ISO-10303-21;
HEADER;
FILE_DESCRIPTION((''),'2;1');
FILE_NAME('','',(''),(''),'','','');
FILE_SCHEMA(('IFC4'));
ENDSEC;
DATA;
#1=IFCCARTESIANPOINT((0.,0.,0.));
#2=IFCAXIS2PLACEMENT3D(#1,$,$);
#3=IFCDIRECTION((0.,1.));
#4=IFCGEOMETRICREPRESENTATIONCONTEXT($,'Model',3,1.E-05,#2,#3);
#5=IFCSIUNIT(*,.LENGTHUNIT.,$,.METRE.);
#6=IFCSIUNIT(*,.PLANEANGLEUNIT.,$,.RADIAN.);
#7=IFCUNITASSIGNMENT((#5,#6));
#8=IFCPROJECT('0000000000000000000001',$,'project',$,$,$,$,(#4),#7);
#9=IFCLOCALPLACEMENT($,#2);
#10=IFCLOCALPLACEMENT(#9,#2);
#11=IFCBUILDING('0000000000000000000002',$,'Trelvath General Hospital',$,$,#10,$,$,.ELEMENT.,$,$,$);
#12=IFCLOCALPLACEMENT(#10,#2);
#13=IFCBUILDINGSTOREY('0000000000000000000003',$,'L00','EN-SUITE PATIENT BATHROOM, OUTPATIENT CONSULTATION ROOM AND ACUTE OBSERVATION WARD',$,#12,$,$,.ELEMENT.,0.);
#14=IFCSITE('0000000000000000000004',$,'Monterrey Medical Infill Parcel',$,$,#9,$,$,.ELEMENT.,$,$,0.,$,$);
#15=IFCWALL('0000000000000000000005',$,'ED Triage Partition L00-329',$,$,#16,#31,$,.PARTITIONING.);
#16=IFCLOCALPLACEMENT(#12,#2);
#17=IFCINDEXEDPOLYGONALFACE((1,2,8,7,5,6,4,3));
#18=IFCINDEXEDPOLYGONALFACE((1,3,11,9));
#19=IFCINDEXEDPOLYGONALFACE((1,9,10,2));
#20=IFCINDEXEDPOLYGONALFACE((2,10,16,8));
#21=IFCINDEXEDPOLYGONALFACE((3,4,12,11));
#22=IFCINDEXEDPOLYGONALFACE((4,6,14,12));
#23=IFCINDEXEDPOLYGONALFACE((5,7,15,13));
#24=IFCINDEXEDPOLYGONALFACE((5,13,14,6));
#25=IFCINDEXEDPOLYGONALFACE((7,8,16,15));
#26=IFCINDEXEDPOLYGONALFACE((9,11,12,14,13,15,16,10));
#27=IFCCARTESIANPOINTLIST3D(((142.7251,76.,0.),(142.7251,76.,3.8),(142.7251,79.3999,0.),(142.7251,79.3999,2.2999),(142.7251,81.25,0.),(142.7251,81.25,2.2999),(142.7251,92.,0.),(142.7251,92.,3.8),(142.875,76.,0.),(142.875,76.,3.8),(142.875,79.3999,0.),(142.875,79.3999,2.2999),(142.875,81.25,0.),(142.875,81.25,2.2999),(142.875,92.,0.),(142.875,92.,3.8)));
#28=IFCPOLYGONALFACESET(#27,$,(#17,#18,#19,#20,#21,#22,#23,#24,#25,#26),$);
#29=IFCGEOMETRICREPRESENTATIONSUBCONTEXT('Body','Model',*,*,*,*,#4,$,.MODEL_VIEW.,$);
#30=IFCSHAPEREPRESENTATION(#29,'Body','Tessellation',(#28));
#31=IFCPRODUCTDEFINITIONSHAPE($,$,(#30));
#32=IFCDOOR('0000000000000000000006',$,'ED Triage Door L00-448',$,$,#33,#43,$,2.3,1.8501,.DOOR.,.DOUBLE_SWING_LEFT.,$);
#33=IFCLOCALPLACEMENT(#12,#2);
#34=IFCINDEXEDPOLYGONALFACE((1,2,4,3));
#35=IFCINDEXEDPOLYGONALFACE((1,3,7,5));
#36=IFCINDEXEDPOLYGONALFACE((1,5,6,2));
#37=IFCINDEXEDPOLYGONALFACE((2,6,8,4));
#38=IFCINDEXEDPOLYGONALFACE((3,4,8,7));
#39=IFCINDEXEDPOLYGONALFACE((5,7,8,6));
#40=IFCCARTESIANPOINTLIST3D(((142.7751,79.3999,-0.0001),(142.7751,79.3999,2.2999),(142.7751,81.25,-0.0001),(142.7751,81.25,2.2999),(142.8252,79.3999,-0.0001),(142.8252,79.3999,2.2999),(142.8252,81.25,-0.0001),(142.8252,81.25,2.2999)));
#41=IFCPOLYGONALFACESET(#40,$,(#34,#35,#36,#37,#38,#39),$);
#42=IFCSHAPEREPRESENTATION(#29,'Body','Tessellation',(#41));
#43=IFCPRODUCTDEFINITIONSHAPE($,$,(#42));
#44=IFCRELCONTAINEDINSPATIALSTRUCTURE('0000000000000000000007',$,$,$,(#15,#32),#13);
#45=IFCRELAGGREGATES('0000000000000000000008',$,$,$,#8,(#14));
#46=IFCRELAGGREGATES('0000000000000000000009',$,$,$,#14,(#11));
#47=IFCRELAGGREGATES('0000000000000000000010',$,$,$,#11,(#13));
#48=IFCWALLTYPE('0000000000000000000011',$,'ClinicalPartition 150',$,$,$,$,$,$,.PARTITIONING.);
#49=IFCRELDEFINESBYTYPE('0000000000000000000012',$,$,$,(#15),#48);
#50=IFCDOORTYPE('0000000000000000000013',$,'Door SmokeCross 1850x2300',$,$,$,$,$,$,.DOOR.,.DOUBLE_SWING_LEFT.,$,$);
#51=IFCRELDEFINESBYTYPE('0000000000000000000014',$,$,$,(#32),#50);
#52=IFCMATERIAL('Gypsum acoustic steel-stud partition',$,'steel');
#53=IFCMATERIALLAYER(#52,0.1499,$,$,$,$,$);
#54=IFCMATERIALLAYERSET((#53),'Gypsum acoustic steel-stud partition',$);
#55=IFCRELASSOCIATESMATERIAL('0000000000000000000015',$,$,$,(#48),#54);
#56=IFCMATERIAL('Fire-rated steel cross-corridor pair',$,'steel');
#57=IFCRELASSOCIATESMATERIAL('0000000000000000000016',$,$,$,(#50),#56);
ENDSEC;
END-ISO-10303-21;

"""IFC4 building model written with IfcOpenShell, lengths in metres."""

from ifc_helpers import new_model, si_unit, direction, frame, frame_2d, origin, place, context, subcontext, project, spatial, rectangle, extrude, material, layer, layer_set, type_object, element, fill, save


model = new_model("IFC4")

# Units and contexts
model_context = context("Model", 3, precision=1e-05, world=origin(), true_north=direction((0.0, 1.0)))
body_context = subcontext(model_context, "Body", "Model", "MODEL_VIEW")
ifc_project = project(units=[si_unit("LENGTHUNIT", "METRE"), si_unit("PLANEANGLEUNIT", "RADIAN")], contexts=[model_context])

# Site, building, storey
site_placement = place(None, origin())
site = spatial("IfcSite", under=ifc_project, at=site_placement, Name="Monterrey Medical Infill Parcel", CompositionType="ELEMENT", RefElevation=0.0)
building_placement = place(site_placement, origin())
building = spatial("IfcBuilding", under=site, at=building_placement, Name="Trelvath General Hospital", CompositionType="ELEMENT")
storey_placement = place(building_placement, origin())
storey = spatial("IfcBuildingStorey", under=building, at=storey_placement, Name="L00", Description="EN-SUITE PATIENT BATHROOM, OUTPATIENT CONSULTATION ROOM AND ACUTE OBSERVATION WARD", CompositionType="ELEMENT", Elevation=0.0)

# Wall, opening, door
ifc_material_1 = material(Name="Gypsum acoustic steel-stud partition", Category="steel")
ifc_layer_1 = layer(ifc_material_1, 0.1499)
ifc_layer_set_1 = layer_set([ifc_layer_1], Name="Gypsum acoustic steel-stud partition")
wall_type = type_object("IfcWallType", Name="ClinicalPartition 150", PredefinedType="PARTITIONING", material=ifc_layer_set_1)
wall_placement = place(storey_placement, frame((142.8, 76.0, 0.0), z_axis=(0.0, 0.0, 1.0), x_axis=(0.0, 1.0, 0.0)))
wall = element("IfcWall", 1, at=wall_placement, inside=storey, type_object=wall_type, Name="ED Triage Partition L00-329", PredefinedType="PARTITIONING", context=body_context, shape_type="SweptSolid", body=[
    extrude(rectangle(XDim=16.0, YDim=0.1499, at=frame_2d((8.0, 0.0))), origin(), (0.0, 0.0, 1.0), 3.8),
])
opening_placement = place(wall_placement, frame((3.3999, 0.0, 0.0)))
opening = element("IfcOpeningElement", 2, at=opening_placement, cuts=wall, PredefinedType="OPENING", context=body_context, shape_type="SweptSolid", body=[
    extrude(rectangle(XDim=1.8501, YDim=2.3, at=frame_2d((0.925, 1.1499))), frame((0.0, 0.085, 0.0), z_axis=(0.0, -1.0, 0.0), x_axis=(1.0, 0.0, 0.0)), (0.0, 0.0, 1.0), 0.1699),
])
ifc_material_2 = material(Name="Fire-rated steel cross-corridor pair", Category="steel")
door_type = type_object("IfcDoorType", Name="Door SmokeCross 1850x2300", OperationType="DOUBLE_SWING_LEFT", PredefinedType="DOOR", material=ifc_material_2)
door_placement = place(opening_placement, origin())
door = element("IfcDoor", 3, at=door_placement, inside=storey, type_object=door_type, Name="ED Triage Door L00-448", OperationType="DOUBLE_SWING_LEFT", OverallHeight=2.3, OverallWidth=1.8501, PredefinedType="DOOR", context=body_context, shape_type="SweptSolid", body=[
    extrude(rectangle(XDim=1.8501, YDim=2.3, at=frame_2d((0.925, 1.1499))), frame((0.0, 0.0249, 0.0), z_axis=(0.0, -1.0, 0.0), x_axis=(1.0, 0.0, 0.0)), (0.0, 0.0, 1.0), 0.05),
])
fill(opening, door)

save(model, "model.ifc")
